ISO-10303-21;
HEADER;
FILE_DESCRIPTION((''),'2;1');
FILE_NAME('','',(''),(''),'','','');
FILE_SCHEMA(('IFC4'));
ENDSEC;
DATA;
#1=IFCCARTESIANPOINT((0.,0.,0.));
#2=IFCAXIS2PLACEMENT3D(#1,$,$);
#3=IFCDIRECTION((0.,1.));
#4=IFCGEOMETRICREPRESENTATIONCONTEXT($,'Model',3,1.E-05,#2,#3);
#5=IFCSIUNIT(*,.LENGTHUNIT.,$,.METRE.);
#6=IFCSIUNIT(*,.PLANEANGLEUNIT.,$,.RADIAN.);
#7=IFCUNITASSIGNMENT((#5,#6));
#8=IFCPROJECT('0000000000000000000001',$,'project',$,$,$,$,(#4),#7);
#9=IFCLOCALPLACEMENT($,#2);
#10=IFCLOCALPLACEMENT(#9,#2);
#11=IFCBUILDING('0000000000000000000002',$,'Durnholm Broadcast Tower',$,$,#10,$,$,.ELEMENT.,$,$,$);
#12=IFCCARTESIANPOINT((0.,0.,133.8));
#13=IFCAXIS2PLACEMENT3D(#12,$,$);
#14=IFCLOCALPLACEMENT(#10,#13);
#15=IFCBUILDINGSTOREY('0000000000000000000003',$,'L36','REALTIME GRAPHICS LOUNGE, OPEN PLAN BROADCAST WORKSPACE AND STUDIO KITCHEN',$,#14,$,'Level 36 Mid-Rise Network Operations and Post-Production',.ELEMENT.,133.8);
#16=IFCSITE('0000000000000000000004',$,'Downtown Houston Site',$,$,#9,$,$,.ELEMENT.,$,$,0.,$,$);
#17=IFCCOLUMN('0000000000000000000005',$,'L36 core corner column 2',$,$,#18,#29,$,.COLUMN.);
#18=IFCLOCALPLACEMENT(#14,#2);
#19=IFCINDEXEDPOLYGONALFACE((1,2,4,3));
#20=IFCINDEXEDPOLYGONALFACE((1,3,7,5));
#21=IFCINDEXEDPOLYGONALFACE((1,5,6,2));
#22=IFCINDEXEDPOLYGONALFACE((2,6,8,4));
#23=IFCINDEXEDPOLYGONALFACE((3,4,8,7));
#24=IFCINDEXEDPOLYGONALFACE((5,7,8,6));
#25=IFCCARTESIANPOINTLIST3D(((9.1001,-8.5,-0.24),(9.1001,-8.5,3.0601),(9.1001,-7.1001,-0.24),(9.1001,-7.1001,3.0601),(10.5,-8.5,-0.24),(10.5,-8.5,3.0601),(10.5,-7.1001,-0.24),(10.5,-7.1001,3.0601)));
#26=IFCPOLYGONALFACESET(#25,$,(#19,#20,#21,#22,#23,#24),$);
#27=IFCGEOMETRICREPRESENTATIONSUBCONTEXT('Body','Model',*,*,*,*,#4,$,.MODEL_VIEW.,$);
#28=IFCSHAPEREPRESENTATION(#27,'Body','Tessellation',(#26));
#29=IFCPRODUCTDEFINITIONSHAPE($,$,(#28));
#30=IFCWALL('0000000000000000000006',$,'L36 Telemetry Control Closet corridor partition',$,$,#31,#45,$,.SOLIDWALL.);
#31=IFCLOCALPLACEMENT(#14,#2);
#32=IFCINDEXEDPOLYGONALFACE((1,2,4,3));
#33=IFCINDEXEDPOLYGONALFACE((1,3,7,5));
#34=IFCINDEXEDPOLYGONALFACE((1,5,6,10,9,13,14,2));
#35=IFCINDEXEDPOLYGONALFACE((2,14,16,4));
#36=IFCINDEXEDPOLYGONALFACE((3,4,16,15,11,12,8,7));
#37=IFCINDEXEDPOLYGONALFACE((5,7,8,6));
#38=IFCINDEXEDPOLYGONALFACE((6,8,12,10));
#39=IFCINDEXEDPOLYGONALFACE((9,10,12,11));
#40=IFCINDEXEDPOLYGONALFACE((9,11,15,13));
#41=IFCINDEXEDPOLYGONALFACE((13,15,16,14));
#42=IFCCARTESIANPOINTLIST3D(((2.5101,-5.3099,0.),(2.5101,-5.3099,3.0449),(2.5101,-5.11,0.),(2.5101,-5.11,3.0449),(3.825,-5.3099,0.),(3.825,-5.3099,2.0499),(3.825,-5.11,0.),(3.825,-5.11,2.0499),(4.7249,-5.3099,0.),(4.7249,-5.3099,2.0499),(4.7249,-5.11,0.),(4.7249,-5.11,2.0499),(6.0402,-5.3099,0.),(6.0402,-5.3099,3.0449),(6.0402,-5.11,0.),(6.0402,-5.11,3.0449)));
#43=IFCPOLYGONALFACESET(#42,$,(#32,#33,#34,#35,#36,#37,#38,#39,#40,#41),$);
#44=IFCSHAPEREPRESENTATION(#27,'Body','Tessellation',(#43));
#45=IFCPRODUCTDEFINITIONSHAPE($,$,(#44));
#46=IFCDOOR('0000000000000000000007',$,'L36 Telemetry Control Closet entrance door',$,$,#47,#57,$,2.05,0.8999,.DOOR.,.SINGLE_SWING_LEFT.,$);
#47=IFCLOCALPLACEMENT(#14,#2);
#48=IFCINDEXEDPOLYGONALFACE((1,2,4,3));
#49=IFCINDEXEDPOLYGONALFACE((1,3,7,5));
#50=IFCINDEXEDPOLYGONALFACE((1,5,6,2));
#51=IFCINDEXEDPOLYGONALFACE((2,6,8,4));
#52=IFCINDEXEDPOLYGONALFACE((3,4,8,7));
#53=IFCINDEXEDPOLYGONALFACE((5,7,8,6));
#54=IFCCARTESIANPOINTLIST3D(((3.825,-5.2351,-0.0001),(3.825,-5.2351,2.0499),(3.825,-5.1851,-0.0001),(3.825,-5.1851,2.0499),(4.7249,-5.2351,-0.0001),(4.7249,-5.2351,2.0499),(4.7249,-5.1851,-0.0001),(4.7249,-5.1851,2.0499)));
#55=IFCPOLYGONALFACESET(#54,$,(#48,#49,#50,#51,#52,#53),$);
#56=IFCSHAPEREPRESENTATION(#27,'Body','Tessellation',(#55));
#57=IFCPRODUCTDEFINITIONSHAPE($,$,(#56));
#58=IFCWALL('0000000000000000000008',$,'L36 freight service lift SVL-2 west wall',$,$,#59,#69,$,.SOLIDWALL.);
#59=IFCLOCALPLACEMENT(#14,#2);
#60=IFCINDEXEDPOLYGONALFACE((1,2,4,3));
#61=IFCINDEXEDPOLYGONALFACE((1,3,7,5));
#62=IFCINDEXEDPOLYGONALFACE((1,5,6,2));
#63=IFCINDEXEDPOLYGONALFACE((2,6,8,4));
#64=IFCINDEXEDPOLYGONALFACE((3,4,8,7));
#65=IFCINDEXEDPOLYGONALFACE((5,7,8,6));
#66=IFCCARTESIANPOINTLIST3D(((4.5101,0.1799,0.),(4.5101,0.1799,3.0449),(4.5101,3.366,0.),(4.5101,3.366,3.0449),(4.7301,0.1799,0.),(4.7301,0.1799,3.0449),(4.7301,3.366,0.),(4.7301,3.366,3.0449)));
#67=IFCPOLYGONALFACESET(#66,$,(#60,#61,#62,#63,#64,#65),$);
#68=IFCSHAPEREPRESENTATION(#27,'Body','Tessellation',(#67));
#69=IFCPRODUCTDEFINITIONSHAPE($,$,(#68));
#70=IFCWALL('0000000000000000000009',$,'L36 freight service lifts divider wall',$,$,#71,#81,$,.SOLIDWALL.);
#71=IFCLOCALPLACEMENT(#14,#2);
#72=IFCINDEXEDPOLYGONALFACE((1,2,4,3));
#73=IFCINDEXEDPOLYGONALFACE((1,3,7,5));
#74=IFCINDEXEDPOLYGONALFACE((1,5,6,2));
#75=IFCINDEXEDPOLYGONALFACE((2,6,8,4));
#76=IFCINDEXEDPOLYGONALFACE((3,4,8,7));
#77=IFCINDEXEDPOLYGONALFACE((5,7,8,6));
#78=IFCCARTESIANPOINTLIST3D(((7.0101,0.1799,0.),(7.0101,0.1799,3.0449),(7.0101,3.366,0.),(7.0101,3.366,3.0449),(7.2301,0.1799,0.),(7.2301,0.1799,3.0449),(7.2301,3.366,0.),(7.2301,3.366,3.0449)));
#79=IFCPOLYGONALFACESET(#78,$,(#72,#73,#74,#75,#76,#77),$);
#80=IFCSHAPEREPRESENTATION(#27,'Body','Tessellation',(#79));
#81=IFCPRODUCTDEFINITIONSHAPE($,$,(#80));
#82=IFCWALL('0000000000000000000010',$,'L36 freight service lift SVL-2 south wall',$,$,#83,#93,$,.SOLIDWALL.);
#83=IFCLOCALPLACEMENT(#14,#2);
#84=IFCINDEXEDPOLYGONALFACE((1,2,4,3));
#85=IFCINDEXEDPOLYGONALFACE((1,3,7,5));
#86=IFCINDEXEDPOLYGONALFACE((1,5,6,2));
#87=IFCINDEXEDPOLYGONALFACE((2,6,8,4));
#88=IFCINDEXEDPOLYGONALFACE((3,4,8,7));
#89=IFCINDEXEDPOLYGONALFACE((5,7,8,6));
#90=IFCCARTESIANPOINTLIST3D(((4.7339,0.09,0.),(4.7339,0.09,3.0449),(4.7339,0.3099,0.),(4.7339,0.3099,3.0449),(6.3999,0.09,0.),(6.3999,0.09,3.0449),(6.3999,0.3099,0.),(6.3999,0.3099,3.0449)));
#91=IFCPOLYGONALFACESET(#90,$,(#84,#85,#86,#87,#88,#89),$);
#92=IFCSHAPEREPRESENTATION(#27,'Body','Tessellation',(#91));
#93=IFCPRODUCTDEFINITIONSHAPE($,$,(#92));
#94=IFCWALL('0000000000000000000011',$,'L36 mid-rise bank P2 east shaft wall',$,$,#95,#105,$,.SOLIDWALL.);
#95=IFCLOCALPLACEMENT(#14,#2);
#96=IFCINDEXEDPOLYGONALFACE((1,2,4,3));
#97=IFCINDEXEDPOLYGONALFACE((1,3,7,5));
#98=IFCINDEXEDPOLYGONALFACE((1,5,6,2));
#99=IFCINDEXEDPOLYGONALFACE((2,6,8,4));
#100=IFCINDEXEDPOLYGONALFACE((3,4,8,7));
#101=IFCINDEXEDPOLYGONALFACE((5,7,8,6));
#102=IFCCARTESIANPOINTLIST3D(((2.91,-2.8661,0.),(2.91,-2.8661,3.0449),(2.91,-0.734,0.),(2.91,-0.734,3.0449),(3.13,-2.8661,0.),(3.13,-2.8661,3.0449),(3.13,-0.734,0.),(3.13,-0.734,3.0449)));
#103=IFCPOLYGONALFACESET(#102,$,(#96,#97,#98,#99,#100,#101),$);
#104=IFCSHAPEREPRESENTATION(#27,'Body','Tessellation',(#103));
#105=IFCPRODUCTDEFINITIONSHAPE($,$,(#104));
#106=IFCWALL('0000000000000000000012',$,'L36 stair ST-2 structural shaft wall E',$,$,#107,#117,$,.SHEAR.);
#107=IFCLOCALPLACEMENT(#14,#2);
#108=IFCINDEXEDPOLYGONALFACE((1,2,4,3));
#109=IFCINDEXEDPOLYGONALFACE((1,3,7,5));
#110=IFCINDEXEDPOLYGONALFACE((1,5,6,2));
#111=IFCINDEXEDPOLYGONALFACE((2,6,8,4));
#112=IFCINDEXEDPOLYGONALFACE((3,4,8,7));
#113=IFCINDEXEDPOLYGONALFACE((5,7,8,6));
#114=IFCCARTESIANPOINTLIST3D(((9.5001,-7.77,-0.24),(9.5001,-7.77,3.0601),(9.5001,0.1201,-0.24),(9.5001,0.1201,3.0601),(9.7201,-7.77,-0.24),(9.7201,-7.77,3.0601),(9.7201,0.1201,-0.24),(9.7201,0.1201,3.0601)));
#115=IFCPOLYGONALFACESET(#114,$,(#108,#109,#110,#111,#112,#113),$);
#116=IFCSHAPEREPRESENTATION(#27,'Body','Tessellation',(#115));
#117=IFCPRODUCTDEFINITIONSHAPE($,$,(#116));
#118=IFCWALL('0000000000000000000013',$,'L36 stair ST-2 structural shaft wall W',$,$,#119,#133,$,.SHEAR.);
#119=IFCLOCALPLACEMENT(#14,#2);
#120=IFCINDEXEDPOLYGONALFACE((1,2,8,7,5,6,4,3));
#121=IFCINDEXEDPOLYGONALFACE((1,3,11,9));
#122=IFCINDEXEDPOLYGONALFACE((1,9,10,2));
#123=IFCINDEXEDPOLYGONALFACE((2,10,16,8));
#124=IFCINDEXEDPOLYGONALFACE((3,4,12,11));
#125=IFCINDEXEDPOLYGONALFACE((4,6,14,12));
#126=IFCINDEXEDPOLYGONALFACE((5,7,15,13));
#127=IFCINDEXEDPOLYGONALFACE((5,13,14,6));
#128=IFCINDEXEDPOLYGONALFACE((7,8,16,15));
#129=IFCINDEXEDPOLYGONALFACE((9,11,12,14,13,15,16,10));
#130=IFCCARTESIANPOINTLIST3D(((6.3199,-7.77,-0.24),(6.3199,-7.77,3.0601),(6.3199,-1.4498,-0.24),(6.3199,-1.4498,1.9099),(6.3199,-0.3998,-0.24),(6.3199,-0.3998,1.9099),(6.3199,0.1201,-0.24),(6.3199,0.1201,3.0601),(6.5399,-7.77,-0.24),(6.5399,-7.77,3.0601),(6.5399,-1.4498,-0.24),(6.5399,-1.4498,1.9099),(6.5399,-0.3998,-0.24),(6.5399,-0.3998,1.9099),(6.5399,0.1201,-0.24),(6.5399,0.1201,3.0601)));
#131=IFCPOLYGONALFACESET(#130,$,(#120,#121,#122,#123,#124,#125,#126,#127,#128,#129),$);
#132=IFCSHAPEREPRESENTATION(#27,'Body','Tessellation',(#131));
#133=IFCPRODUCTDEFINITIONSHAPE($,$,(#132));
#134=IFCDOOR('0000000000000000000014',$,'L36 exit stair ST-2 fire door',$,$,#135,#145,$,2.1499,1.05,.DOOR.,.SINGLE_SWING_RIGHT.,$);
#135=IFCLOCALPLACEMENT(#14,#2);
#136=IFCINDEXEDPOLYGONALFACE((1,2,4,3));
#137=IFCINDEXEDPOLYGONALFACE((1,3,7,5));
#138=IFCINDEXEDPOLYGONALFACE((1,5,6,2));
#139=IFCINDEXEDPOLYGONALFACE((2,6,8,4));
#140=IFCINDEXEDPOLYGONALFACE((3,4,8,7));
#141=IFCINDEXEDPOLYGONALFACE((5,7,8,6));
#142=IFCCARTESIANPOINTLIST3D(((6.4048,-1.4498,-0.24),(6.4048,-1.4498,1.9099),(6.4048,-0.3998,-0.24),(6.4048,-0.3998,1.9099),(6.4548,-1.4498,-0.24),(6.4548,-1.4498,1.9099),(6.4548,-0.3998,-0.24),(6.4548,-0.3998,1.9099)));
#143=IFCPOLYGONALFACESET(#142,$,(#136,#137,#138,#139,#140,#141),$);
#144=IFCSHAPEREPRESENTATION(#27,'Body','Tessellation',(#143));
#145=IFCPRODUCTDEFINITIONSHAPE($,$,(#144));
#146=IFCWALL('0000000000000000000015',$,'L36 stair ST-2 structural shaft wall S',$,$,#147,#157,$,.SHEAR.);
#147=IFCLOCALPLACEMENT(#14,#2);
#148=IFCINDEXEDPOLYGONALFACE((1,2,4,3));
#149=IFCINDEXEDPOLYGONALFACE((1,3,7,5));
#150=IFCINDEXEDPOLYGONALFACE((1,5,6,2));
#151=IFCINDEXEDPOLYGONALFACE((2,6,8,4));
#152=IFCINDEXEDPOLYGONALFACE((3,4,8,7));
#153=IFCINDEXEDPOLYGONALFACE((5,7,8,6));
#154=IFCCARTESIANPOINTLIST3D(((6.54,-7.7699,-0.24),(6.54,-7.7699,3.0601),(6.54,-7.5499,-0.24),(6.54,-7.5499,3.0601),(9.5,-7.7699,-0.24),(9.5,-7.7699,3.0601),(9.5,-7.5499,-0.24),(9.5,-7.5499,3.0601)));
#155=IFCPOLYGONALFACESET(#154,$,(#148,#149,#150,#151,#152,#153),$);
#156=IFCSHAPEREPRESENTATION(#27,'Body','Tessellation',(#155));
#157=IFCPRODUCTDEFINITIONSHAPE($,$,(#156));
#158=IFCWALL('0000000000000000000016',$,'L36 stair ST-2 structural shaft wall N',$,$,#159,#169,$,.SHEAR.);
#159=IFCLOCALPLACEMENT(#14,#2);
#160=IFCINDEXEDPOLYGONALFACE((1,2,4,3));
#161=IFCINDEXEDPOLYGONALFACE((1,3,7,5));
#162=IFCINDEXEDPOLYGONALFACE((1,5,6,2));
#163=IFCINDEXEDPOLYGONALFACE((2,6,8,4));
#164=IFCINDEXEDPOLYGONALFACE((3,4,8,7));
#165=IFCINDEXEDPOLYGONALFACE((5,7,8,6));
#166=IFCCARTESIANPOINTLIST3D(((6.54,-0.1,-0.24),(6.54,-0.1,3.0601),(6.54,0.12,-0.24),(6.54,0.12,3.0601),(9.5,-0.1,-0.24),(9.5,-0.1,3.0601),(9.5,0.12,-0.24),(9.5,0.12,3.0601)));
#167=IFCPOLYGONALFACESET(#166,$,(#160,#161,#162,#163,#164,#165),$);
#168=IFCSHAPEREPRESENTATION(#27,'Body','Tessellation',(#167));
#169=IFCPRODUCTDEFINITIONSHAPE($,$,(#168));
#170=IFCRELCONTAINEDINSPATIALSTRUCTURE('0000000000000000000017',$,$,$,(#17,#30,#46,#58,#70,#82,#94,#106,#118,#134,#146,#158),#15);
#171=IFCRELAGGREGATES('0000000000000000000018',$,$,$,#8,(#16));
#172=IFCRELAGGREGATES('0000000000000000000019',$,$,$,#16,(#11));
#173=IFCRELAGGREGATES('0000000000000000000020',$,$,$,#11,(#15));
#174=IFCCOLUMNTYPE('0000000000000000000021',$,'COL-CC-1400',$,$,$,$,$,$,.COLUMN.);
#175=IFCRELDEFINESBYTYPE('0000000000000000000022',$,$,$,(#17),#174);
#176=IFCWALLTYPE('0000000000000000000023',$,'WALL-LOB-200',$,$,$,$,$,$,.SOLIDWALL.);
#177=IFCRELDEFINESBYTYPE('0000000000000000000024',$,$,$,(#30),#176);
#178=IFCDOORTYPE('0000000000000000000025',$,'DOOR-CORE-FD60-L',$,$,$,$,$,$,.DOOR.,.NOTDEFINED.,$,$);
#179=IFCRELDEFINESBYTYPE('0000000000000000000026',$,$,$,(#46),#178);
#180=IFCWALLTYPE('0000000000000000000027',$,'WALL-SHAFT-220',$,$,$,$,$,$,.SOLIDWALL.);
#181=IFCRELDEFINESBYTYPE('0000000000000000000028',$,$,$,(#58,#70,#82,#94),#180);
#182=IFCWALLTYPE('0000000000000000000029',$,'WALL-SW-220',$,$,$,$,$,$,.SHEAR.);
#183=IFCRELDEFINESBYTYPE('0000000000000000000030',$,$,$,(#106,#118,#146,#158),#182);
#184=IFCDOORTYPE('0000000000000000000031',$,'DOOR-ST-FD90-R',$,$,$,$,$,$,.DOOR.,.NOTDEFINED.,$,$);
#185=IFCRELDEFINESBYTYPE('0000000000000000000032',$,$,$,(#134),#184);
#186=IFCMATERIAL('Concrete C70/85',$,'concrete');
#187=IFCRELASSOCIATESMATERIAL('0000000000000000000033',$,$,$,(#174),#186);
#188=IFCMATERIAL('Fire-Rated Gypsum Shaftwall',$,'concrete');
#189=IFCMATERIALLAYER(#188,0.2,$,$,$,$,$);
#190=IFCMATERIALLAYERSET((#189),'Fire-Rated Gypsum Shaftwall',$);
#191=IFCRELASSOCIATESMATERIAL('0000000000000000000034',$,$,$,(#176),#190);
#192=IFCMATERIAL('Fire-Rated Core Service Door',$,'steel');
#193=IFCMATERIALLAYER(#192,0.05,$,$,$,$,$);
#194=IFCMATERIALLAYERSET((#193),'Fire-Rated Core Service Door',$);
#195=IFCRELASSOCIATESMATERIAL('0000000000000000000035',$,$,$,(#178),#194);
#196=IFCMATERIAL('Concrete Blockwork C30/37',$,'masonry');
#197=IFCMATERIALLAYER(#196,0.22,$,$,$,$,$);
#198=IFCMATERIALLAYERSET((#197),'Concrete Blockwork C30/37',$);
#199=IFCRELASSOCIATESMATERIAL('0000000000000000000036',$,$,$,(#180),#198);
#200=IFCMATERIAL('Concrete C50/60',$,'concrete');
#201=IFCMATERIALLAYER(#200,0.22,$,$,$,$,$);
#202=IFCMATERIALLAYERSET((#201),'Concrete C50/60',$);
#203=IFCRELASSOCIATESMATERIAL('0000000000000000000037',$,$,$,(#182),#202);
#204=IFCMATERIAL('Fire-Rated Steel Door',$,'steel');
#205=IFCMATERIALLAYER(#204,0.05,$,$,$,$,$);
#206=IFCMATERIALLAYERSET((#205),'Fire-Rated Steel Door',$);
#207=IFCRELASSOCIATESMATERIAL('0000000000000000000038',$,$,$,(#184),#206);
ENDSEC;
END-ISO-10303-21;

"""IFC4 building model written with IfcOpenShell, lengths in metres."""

from ifc_helpers import new_model, si_unit, direction, frame, frame_2d, origin, origin_2d, place, context, subcontext, project, spatial, rectangle, extrude, source, transform, mapped, material, layer, layer_set, material_profile, profile_set, type_object, type_shapes, element, fill, save


model = new_model("IFC4")

# Units and contexts
model_context = context("Model", 3, precision=1e-05, world=origin(), true_north=direction((0.0, 1.0)))
body_context = subcontext(model_context, "Body", "Model", "MODEL_VIEW")
ifc_project = project(units=[si_unit("LENGTHUNIT", "METRE"), si_unit("PLANEANGLEUNIT", "RADIAN")], contexts=[model_context])

# Site, building, storey
site_placement = place(None, origin())
site = spatial("IfcSite", under=ifc_project, at=site_placement, Name="Downtown Houston Site", CompositionType="ELEMENT", RefElevation=0.0)
building_placement = place(site_placement, origin())
building = spatial("IfcBuilding", under=site, at=building_placement, Name="Durnholm Broadcast Tower", CompositionType="ELEMENT")
storey_placement = place(building_placement, frame((0.0, 0.0, 133.8)))
storey = spatial("IfcBuildingStorey", under=building, at=storey_placement, Name="L36", Description="REALTIME GRAPHICS LOUNGE, OPEN PLAN BROADCAST WORKSPACE AND STUDIO KITCHEN", LongName="Level 36 Mid-Rise Network Operations and Post-Production", CompositionType="ELEMENT", Elevation=133.8)

# Column
ifc_material_1 = material(Name="Concrete C70/85", Category="concrete")
ifc_material_profile = material_profile(ifc_material_1, rectangle(XDim=1.3999, YDim=1.3999, at=origin_2d()), Name="RC1400X1400")
ifc_profile_set = profile_set([ifc_material_profile], Name="Concrete C70/85")
column_type = type_object("IfcColumnType", Name="COL-CC-1400", PredefinedType="COLUMN", material=ifc_profile_set)
shared_shape_1 = source(origin(), body_context, "Body", "SweptSolid", [
    extrude(rectangle(XDim=1.3999, YDim=1.3999, at=origin_2d()), origin(), (0.0, 0.0, 1.0), 3.3),
])
type_shapes(column_type, [shared_shape_1])
column_placement = place(storey_placement, frame((9.8, -7.8, -0.24), z_axis=(0.0, 0.0, 1.0), x_axis=(1.0, 0.0, 0.0)))
element("IfcColumn", 1, at=column_placement, inside=storey, type_object=column_type, Name="L36 core corner column 2", PredefinedType="COLUMN", context=body_context, shape_type="MappedRepresentation", body=[
    mapped(shared_shape_1, transform((0.0, 0.0, 0.0), x_axis=(1.0, 0.0, 0.0), y_axis=(0.0, 1.0, 0.0), z_axis=(0.0, 0.0, 1.0), scale=1.0)),
])

# Wall, opening, door
ifc_material_2 = material(Name="Fire-Rated Gypsum Shaftwall", Category="concrete")
ifc_layer_1 = layer(ifc_material_2, 0.2)
ifc_layer_set_1 = layer_set([ifc_layer_1], Name="Fire-Rated Gypsum Shaftwall")
wall_type_1 = type_object("IfcWallType", Name="WALL-LOB-200", PredefinedType="SOLIDWALL", material=ifc_layer_set_1)
wall_1_placement = place(storey_placement, frame((2.51, -5.21, 0.0), z_axis=(0.0, 0.0, 1.0), x_axis=(1.0, 0.0, 0.0)))
wall_1 = element("IfcWall", 2, at=wall_1_placement, inside=storey, type_object=wall_type_1, Name="L36 Telemetry Control Closet corridor partition", PredefinedType="SOLIDWALL", context=body_context, shape_type="SweptSolid", body=[
    extrude(rectangle(XDim=3.53, YDim=0.2, at=frame_2d((1.7651, 0.0))), origin(), (0.0, 0.0, 1.0), 3.0449),
])
opening_1_placement = place(wall_1_placement, frame((1.3149, 0.0, 0.0)))
opening_1 = element("IfcOpeningElement", 3, at=opening_1_placement, cuts=wall_1, PredefinedType="OPENING", context=body_context, shape_type="SweptSolid", body=[
    extrude(rectangle(XDim=0.8999, YDim=2.05, at=frame_2d((0.45, 1.0249))), frame((0.0, 0.1099, 0.0), z_axis=(0.0, -1.0, 0.0), x_axis=(1.0, 0.0, 0.0)), (0.0, 0.0, 1.0), 0.22),
])
ifc_material_3 = material(Name="Fire-Rated Core Service Door", Category="steel")
ifc_layer_2 = layer(ifc_material_3, 0.05)
ifc_layer_set_2 = layer_set([ifc_layer_2], Name="Fire-Rated Core Service Door")
door_type_1 = type_object("IfcDoorType", Name="DOOR-CORE-FD60-L", OperationType="NOTDEFINED", PredefinedType="DOOR", material=ifc_layer_set_2)
shared_shape_2 = source(origin(), body_context, "Body", "SweptSolid", [
    extrude(rectangle(XDim=0.8999, YDim=2.05, at=frame_2d((0.45, 1.0249))), frame((0.0, 0.0249, 0.0), z_axis=(0.0, -1.0, 0.0), x_axis=(1.0, 0.0, 0.0)), (0.0, 0.0, 1.0), 0.05),
])
type_shapes(door_type_1, [shared_shape_2])
door_1_placement = place(opening_1_placement, origin())
door_1 = element("IfcDoor", 4, at=door_1_placement, inside=storey, type_object=door_type_1, Name="L36 Telemetry Control Closet entrance door", OperationType="SINGLE_SWING_LEFT", OverallHeight=2.05, OverallWidth=0.8999, PredefinedType="DOOR", context=body_context, shape_type="MappedRepresentation", body=[
    mapped(shared_shape_2, transform((0.0, 0.0, 0.0), x_axis=(1.0, 0.0, 0.0), y_axis=(0.0, 1.0, 0.0), z_axis=(0.0, 0.0, 1.0), scale=1.0)),
])
fill(opening_1, door_1)

# Walls
ifc_material_4 = material(Name="Concrete Blockwork C30/37", Category="masonry")
ifc_layer_3 = layer(ifc_material_4, 0.22)
ifc_layer_set_3 = layer_set([ifc_layer_3], Name="Concrete Blockwork C30/37")
wall_type_2 = type_object("IfcWallType", Name="WALL-SHAFT-220", PredefinedType="SOLIDWALL", material=ifc_layer_set_3)
for number, where, z_axis, x_axis, name in (
    (5, (4.6201, 0.1799, 0.0), (0.0, 0.0, 1.0), (0.0, 1.0, 0.0), "L36 freight service lift SVL-2 west wall"),
    (6, (7.1201, 0.1799, 0.0), (0.0, 0.0, 1.0), (0.0, 1.0, 0.0), "L36 freight service lifts divider wall"),
):
    element("IfcWall", number, at=place(storey_placement, frame(where, z_axis=z_axis, x_axis=x_axis)), inside=storey, type_object=wall_type_2, Name=name, PredefinedType="SOLIDWALL", context=body_context, shape_type="SweptSolid", body=[
        extrude(rectangle(XDim=3.186, YDim=0.22, at=frame_2d((1.593, 0.0))), origin(), (0.0, 0.0, 1.0), 3.0449),
    ])
wall_2_placement = place(storey_placement, frame((4.7339, 0.2, 0.0), z_axis=(0.0, 0.0, 1.0), x_axis=(1.0, 0.0, 0.0)))
element("IfcWall", 7, at=wall_2_placement, inside=storey, type_object=wall_type_2, Name="L36 freight service lift SVL-2 south wall", PredefinedType="SOLIDWALL", context=body_context, shape_type="SweptSolid", body=[
    extrude(rectangle(XDim=1.666, YDim=0.22, at=frame_2d((0.833, 0.0))), origin(), (0.0, 0.0, 1.0), 3.0449),
])
wall_3_placement = place(storey_placement, frame((3.02, -2.866, 0.0), z_axis=(0.0, 0.0, 1.0), x_axis=(0.0, 1.0, 0.0)))
element("IfcWall", 8, at=wall_3_placement, inside=storey, type_object=wall_type_2, Name="L36 mid-rise bank P2 east shaft wall", PredefinedType="SOLIDWALL", context=body_context, shape_type="SweptSolid", body=[
    extrude(rectangle(XDim=2.1321, YDim=0.22, at=frame_2d((1.0659, 0.0))), origin(), (0.0, 0.0, 1.0), 3.0449),
])
ifc_material_5 = material(Name="Concrete C50/60", Category="concrete")
ifc_layer_4 = layer(ifc_material_5, 0.22)
ifc_layer_set_4 = layer_set([ifc_layer_4], Name="Concrete C50/60")
wall_type_3 = type_object("IfcWallType", Name="WALL-SW-220", PredefinedType="SHEAR", material=ifc_layer_set_4)
wall_4_placement = place(storey_placement, frame((9.6101, -7.77, -0.24), z_axis=(0.0, 0.0, 1.0), x_axis=(0.0, 1.0, 0.0)))
element("IfcWall", 9, at=wall_4_placement, inside=storey, type_object=wall_type_3, Name="L36 stair ST-2 structural shaft wall E", PredefinedType="SHEAR", context=body_context, shape_type="SweptSolid", body=[
    extrude(rectangle(XDim=7.8901, YDim=0.22, at=frame_2d((3.9451, 0.0))), origin(), (0.0, 0.0, 1.0), 3.3),
])

# Wall, opening, door
wall_5_placement = place(storey_placement, frame((6.4299, 0.1201, -0.24), z_axis=(0.0, 0.0, 1.0), x_axis=(0.0, -1.0, 0.0)))
wall_5 = element("IfcWall", 10, at=wall_5_placement, inside=storey, type_object=wall_type_3, Name="L36 stair ST-2 structural shaft wall W", PredefinedType="SHEAR", context=body_context, shape_type="SweptSolid", body=[
    extrude(rectangle(XDim=7.8901, YDim=0.22, at=frame_2d((3.9451, 0.0))), origin(), (0.0, 0.0, 1.0), 3.3),
])
opening_2_placement = place(wall_5_placement, frame((0.52, 0.0, 0.0)))
opening_2 = element("IfcOpeningElement", 11, at=opening_2_placement, cuts=wall_5, PredefinedType="OPENING", context=body_context, shape_type="SweptSolid", body=[
    extrude(rectangle(XDim=1.05, YDim=2.1499, at=frame_2d((0.5249, 1.075))), frame((0.0, 0.1201, 0.0), z_axis=(0.0, -1.0, 0.0), x_axis=(1.0, 0.0, 0.0)), (0.0, 0.0, 1.0), 0.24),
])
ifc_material_6 = material(Name="Fire-Rated Steel Door", Category="steel")
ifc_layer_5 = layer(ifc_material_6, 0.05)
ifc_layer_set_5 = layer_set([ifc_layer_5], Name="Fire-Rated Steel Door")
door_type_2 = type_object("IfcDoorType", Name="DOOR-ST-FD90-R", OperationType="NOTDEFINED", PredefinedType="DOOR", material=ifc_layer_set_5)
shared_shape_3 = source(origin(), body_context, "Body", "SweptSolid", [
    extrude(rectangle(XDim=1.05, YDim=2.1499, at=frame_2d((0.5249, 1.075))), frame((0.0, 0.0249, 0.0), z_axis=(0.0, -1.0, 0.0), x_axis=(1.0, 0.0, 0.0)), (0.0, 0.0, 1.0), 0.05),
])
type_shapes(door_type_2, [shared_shape_3])
door_2_placement = place(opening_2_placement, origin())
door_2 = element("IfcDoor", 12, at=door_2_placement, inside=storey, type_object=door_type_2, Name="L36 exit stair ST-2 fire door", OperationType="SINGLE_SWING_RIGHT", OverallHeight=2.1499, OverallWidth=1.05, PredefinedType="DOOR", context=body_context, shape_type="MappedRepresentation", body=[
    mapped(shared_shape_3, transform((0.0, 0.0, 0.0), x_axis=(1.0, 0.0, 0.0), y_axis=(0.0, 1.0, 0.0), z_axis=(0.0, 0.0, 1.0), scale=1.0)),
])
fill(opening_2, door_2)

# Walls
for number, where, z_axis, x_axis, name in (
    (13, (6.54, -7.6599, -0.24), (0.0, 0.0, 1.0), (1.0, 0.0, 0.0), "L36 stair ST-2 structural shaft wall S"),
    (14, (9.5, 0.01, -0.24), (0.0, 0.0, 1.0), (-1.0, 0.0, 0.0), "L36 stair ST-2 structural shaft wall N"),
):
    element("IfcWall", number, at=place(storey_placement, frame(where, z_axis=z_axis, x_axis=x_axis)), inside=storey, type_object=wall_type_3, Name=name, PredefinedType="SHEAR", context=body_context, shape_type="SweptSolid", body=[
        extrude(rectangle(XDim=2.96, YDim=0.22, at=frame_2d((1.48, 0.0))), origin(), (0.0, 0.0, 1.0), 3.3),
    ])

save(model, "model.ifc")
